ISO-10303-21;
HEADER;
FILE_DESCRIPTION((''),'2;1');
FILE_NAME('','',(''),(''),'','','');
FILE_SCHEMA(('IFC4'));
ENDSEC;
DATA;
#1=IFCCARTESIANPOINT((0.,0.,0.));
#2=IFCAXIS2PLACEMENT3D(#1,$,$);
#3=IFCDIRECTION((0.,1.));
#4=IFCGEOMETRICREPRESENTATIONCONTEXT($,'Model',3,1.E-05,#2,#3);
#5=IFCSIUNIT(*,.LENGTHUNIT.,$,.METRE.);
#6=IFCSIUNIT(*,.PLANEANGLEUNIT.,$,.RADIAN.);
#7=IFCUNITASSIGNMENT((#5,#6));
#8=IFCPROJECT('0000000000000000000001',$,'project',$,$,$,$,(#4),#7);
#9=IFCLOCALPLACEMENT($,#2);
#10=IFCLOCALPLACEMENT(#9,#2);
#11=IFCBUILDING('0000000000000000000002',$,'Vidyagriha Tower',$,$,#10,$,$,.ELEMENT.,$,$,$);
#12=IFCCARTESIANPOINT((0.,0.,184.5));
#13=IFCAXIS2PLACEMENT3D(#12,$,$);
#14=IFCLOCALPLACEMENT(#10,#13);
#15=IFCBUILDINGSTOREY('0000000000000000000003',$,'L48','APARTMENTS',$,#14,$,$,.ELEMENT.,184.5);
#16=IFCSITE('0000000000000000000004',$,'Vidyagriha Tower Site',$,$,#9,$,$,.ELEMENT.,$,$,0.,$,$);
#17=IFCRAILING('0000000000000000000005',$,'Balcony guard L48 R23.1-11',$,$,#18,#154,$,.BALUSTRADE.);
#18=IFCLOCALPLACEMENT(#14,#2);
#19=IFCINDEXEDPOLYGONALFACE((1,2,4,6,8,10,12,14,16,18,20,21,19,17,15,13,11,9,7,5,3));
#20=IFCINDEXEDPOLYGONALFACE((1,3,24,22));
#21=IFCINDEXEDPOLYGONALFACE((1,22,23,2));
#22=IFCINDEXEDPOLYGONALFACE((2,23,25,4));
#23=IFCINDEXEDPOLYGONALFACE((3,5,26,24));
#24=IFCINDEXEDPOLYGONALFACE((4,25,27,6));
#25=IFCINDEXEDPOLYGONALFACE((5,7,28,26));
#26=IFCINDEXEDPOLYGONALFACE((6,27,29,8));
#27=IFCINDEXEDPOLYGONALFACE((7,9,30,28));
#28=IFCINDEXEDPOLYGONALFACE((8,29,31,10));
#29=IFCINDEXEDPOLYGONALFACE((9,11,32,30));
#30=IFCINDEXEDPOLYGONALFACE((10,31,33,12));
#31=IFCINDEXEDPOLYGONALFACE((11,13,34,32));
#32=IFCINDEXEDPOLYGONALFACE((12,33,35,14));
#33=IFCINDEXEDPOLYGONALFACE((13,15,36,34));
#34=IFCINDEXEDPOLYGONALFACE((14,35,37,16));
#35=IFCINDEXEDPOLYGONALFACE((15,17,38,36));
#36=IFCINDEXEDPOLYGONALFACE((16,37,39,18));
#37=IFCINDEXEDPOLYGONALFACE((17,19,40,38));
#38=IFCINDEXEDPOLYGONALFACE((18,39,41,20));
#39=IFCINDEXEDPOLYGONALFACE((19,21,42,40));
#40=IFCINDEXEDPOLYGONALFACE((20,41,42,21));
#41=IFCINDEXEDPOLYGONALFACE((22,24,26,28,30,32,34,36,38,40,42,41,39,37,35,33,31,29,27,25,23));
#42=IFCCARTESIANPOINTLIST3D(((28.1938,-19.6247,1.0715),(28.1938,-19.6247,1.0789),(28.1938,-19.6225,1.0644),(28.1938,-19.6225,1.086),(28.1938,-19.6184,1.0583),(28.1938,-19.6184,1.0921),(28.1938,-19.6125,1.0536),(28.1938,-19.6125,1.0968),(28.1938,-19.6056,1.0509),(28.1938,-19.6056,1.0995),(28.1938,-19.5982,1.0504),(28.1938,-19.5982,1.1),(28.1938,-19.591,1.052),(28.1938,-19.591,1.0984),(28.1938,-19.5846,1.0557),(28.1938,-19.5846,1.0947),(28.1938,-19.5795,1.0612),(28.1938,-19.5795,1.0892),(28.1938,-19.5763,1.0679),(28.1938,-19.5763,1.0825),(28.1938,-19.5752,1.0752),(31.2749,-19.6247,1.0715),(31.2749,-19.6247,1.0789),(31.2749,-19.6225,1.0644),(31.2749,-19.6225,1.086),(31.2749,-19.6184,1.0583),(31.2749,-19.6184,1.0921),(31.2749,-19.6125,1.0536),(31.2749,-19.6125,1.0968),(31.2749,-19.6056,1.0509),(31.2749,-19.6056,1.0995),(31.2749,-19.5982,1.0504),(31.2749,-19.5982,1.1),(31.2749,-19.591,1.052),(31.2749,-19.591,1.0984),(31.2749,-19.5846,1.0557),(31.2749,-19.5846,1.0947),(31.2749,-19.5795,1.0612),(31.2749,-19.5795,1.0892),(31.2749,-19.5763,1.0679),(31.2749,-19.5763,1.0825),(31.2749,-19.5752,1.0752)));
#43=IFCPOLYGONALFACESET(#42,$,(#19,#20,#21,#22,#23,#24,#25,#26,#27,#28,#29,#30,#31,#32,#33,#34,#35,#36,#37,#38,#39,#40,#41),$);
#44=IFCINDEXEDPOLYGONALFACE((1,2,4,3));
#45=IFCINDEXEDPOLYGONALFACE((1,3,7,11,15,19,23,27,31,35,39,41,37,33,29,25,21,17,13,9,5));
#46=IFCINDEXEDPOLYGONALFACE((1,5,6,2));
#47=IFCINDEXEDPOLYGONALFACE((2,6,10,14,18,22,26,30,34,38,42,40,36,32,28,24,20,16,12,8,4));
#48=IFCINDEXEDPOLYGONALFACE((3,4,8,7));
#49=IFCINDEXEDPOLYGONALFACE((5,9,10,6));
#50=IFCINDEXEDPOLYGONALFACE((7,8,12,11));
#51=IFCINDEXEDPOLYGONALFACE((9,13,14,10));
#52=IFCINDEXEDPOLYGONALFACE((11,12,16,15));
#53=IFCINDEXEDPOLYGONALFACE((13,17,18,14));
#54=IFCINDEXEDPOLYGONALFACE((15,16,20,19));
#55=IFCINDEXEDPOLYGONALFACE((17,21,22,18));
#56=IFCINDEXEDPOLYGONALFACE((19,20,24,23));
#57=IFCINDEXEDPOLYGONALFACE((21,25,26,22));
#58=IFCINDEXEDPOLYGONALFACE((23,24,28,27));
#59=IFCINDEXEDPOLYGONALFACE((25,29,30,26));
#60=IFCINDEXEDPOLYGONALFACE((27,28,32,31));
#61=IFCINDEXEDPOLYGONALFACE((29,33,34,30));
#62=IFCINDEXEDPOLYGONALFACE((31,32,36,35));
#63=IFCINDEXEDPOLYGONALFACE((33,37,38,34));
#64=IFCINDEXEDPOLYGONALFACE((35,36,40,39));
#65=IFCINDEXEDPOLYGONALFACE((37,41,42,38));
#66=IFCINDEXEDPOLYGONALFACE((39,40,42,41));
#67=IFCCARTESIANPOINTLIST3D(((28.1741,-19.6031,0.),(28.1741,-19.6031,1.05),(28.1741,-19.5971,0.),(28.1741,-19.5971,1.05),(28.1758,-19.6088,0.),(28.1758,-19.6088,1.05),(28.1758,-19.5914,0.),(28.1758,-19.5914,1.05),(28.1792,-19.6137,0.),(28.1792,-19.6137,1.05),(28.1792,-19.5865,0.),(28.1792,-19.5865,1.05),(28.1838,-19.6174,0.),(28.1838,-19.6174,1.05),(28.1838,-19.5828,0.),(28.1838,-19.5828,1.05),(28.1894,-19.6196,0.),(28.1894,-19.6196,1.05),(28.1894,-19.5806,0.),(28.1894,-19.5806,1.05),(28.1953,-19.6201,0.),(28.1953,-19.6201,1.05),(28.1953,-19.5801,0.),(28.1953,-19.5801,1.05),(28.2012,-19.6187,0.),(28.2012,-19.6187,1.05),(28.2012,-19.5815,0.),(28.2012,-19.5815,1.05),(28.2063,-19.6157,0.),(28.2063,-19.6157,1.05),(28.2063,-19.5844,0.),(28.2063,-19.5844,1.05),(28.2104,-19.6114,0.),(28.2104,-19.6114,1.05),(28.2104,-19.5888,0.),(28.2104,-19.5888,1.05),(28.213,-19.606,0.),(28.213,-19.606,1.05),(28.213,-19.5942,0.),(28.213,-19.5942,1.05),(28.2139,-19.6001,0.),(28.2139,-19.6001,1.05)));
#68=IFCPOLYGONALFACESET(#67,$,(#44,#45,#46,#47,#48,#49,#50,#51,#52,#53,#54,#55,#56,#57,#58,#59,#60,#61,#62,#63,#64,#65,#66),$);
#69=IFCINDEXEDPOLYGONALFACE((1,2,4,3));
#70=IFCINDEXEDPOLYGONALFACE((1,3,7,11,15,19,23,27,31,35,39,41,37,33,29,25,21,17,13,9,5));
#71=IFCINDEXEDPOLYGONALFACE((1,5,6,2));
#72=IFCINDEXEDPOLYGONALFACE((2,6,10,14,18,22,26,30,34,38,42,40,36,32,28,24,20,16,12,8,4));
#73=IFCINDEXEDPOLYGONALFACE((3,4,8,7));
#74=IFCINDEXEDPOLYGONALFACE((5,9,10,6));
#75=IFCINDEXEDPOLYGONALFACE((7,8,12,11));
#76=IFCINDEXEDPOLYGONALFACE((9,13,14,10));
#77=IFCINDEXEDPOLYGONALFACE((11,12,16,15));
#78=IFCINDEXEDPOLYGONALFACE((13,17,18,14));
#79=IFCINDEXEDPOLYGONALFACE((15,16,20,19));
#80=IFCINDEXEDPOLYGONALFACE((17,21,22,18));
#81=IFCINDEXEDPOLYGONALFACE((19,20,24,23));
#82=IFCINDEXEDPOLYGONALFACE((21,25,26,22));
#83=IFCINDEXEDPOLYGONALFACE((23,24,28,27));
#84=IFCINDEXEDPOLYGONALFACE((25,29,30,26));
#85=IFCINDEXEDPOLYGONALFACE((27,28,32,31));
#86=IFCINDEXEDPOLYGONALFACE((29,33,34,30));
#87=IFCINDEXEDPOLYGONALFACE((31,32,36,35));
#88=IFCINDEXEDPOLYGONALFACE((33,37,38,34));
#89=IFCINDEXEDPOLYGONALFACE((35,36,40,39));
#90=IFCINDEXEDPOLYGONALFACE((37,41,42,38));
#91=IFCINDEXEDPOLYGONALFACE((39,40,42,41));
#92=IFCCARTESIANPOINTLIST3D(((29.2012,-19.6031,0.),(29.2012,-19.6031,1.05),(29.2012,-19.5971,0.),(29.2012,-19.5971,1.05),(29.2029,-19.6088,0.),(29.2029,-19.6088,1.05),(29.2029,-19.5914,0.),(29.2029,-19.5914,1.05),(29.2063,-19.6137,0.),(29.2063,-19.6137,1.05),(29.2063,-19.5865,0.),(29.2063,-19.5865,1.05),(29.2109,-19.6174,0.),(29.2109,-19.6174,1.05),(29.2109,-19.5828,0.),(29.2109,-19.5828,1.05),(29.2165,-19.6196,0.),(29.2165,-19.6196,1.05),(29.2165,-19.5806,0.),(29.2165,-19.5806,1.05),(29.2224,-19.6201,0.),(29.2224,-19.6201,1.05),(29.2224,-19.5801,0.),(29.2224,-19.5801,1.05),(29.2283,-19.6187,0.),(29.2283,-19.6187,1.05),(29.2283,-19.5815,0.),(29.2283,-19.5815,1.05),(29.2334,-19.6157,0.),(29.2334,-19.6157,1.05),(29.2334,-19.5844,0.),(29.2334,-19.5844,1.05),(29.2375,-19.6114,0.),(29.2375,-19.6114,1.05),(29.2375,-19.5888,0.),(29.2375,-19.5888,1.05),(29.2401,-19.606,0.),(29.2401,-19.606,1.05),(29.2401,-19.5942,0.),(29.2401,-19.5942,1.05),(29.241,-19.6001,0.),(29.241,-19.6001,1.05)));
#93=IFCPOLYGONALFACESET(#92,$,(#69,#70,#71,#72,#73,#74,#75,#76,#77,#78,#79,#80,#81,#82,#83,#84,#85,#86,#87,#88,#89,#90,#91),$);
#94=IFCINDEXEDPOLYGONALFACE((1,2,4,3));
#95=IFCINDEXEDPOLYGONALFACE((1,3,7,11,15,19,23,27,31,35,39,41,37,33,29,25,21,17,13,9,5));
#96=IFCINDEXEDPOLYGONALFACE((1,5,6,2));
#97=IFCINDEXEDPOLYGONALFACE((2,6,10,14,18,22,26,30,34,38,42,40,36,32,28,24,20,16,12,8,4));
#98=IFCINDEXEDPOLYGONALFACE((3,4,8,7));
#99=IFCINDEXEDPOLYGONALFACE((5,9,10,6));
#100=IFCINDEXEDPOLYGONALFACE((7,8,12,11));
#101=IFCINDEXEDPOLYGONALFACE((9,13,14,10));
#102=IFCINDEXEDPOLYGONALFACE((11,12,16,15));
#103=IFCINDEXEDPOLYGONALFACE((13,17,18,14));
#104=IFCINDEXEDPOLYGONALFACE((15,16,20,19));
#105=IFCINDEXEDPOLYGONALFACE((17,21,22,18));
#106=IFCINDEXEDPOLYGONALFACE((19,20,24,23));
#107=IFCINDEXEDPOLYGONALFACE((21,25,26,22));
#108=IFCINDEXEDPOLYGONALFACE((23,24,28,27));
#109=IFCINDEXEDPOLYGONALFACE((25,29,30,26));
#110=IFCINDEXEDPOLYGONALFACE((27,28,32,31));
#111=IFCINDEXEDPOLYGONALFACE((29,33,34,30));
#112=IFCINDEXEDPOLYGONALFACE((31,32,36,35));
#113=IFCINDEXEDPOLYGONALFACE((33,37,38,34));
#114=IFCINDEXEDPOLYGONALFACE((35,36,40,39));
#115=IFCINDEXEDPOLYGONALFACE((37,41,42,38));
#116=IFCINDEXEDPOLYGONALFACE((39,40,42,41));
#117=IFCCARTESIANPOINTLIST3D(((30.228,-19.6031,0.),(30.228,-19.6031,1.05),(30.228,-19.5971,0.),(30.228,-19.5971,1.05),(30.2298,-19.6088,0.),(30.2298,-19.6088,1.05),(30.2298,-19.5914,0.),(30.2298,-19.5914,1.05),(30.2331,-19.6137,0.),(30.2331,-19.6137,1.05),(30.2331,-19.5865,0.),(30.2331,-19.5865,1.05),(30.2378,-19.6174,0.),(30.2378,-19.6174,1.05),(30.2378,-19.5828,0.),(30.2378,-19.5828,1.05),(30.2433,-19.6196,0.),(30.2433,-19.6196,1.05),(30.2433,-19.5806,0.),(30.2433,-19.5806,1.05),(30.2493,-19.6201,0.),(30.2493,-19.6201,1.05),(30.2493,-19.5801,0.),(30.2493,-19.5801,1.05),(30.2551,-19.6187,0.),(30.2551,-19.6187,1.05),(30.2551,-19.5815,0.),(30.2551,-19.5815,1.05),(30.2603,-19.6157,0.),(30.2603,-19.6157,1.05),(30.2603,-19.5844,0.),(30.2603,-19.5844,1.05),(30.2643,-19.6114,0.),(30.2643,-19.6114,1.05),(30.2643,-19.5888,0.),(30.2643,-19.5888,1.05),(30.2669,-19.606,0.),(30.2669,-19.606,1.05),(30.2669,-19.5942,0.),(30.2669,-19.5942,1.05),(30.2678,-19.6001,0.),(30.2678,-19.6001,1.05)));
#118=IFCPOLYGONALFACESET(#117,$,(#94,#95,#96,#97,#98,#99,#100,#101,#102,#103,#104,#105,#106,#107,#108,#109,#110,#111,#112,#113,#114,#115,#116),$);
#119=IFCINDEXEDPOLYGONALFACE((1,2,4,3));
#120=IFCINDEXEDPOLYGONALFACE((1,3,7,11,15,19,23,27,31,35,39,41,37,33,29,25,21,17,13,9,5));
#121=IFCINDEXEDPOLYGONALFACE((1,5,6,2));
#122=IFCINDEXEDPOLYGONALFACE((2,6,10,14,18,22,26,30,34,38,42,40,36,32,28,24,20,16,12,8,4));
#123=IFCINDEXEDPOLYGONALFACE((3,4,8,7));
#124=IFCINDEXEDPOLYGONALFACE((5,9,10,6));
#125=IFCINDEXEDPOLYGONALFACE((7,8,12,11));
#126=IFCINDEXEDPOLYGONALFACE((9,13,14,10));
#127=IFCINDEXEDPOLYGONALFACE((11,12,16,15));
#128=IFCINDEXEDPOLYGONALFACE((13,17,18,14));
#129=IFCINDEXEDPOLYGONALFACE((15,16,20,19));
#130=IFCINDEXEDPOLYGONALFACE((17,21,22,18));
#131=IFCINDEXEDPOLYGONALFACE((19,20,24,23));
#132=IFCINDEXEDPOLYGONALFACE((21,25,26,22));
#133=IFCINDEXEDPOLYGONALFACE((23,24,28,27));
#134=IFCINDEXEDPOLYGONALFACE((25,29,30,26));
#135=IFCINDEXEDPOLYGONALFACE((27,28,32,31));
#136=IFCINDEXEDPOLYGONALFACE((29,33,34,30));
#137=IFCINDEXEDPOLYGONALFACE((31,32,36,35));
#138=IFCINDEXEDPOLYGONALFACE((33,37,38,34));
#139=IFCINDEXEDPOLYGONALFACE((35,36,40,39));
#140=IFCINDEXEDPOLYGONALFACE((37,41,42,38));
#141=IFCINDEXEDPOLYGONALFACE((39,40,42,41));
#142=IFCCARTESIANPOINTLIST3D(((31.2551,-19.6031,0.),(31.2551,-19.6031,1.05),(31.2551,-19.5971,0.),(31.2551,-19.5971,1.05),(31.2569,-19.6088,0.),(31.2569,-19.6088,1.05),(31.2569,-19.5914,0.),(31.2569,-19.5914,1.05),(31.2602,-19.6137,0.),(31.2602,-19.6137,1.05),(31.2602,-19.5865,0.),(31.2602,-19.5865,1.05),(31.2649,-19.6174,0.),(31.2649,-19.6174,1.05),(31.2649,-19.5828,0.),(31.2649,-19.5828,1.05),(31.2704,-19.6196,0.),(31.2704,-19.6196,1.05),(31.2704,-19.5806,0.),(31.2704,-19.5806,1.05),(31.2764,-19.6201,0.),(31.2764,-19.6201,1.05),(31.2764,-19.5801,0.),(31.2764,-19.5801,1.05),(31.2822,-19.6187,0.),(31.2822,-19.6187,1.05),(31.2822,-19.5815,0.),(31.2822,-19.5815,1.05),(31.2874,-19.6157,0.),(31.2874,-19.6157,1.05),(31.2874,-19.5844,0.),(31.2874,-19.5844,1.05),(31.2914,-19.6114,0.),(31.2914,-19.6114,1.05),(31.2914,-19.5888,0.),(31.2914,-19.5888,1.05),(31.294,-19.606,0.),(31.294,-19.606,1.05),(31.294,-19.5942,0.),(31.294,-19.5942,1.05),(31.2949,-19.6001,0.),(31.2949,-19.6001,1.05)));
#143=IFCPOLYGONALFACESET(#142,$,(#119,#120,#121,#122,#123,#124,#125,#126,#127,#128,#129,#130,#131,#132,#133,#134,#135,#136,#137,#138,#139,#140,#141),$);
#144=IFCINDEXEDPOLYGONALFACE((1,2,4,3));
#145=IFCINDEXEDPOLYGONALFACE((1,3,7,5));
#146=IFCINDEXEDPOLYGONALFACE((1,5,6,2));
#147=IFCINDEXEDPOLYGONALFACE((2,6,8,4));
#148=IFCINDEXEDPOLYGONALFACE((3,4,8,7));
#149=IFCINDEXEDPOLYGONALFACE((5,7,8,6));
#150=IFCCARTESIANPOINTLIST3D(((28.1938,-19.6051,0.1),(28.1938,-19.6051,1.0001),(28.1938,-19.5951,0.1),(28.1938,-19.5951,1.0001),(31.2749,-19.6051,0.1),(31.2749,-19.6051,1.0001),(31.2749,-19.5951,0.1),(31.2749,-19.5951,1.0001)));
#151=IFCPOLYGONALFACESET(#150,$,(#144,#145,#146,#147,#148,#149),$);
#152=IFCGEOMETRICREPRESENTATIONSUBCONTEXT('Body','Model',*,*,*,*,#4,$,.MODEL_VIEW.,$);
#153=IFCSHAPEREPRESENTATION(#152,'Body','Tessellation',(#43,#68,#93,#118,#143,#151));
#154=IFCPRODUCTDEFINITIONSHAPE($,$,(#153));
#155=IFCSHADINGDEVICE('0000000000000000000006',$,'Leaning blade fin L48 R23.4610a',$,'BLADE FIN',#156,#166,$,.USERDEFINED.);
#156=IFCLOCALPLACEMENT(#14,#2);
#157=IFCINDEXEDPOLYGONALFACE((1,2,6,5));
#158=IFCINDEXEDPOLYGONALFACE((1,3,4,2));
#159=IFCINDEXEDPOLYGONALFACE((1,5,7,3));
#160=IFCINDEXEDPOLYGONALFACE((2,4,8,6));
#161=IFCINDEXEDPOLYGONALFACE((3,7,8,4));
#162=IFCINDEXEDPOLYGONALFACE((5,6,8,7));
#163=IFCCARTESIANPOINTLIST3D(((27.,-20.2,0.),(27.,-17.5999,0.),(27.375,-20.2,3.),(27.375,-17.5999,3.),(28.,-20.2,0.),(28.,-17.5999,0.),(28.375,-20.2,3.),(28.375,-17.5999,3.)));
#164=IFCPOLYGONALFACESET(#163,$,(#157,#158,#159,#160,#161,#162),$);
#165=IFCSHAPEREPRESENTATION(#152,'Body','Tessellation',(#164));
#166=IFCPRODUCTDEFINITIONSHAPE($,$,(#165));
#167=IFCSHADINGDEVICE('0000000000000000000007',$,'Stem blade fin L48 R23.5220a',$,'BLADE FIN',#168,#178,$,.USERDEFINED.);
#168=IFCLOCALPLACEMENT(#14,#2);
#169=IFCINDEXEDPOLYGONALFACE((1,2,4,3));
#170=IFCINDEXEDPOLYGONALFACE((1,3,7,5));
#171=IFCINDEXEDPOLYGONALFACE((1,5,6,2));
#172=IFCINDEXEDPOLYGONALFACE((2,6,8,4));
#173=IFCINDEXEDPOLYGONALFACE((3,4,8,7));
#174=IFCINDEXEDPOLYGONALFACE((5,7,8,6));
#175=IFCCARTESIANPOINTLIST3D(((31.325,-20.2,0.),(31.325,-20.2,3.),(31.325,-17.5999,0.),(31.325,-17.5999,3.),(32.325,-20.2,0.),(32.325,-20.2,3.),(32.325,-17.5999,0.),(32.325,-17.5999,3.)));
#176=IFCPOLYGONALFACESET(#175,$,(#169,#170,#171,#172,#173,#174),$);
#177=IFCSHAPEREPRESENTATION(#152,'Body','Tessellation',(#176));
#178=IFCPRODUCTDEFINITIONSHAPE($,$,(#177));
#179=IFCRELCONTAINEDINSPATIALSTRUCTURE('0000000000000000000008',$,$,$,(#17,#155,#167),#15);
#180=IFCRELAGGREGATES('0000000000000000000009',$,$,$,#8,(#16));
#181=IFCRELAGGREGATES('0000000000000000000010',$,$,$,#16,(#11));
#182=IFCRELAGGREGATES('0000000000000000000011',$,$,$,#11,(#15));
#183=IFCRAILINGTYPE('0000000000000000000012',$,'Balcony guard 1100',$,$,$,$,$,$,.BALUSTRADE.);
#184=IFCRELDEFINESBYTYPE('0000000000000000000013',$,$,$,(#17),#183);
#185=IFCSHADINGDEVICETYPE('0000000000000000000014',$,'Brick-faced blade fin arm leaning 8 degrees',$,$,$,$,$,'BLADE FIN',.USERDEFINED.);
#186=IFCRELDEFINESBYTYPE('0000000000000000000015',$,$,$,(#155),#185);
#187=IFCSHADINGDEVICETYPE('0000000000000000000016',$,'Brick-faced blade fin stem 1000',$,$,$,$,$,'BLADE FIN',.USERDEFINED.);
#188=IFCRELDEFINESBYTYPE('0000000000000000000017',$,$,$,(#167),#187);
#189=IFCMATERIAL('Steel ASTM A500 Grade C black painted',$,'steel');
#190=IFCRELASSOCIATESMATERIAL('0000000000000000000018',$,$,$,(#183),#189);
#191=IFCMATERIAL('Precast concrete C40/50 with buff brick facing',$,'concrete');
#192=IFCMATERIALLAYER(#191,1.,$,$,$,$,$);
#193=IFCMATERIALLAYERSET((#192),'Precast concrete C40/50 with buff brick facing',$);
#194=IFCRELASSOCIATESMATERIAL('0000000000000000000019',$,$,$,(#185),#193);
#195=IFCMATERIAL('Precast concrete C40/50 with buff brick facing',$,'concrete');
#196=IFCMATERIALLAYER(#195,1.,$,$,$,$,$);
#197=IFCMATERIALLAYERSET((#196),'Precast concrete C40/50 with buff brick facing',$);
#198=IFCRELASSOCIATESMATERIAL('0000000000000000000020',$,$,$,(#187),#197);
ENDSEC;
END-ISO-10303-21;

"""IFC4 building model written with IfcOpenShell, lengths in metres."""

from ifc_helpers import new_model, si_unit, direction, frame, origin, origin_2d, place, context, subcontext, project, spatial, polyline, rectangle, circle, outline, extrude, material, layer, layer_set, type_object, element, save


model = new_model("IFC4")

# Units and contexts
model_context = context("Model", 3, precision=1e-05, world=origin(), true_north=direction((0.0, 1.0)))
body_context = subcontext(model_context, "Body", "Model", "MODEL_VIEW")
ifc_project = project(units=[si_unit("LENGTHUNIT", "METRE"), si_unit("PLANEANGLEUNIT", "RADIAN")], contexts=[model_context])

# Site, building, storey
site_placement = place(None, origin())
site = spatial("IfcSite", under=ifc_project, at=site_placement, Name="Vidyagriha Tower Site", CompositionType="ELEMENT", RefElevation=0.0)
building_placement = place(site_placement, origin())
building = spatial("IfcBuilding", under=site, at=building_placement, Name="Vidyagriha Tower", CompositionType="ELEMENT")
storey_placement = place(building_placement, frame((0.0, 0.0, 184.5)))
storey = spatial("IfcBuildingStorey", under=building, at=storey_placement, Name="L48", Description="APARTMENTS", CompositionType="ELEMENT", Elevation=184.5)

# Railing
ifc_material_1 = material(Name="Steel ASTM A500 Grade C black painted", Category="steel")
railing_type_1 = type_object("IfcRailingType", Name="Balcony guard 1100", PredefinedType="BALUSTRADE", material=ifc_material_1)
railing_1_placement = place(storey_placement, frame((28.1938, -19.6001, 0.0)))
element("IfcRailing", 1, at=railing_1_placement, inside=storey, type_object=railing_type_1, Name="Balcony guard L48 R23.1-11", PredefinedType="BALUSTRADE", context=body_context, shape_type="SweptSolid", body=[
    extrude(circle(Radius=0.0249, at=origin_2d()), frame((0.0, 0.0, 1.0752), z_axis=(1.0, 0.0, 0.0), x_axis=(0.0, 1.0, 0.0)), (0.0, 0.0, 1.0), 3.0811),
    extrude(circle(Radius=0.02, at=origin_2d()), origin(), (0.0, 0.0, 1.0), 1.05),
    extrude(circle(Radius=0.02, at=origin_2d()), frame((1.0271, 0.0, 0.0)), (0.0, 0.0, 1.0), 1.05),
    extrude(circle(Radius=0.02, at=origin_2d()), frame((2.054, 0.0, 0.0)), (0.0, 0.0, 1.0), 1.05),
    extrude(circle(Radius=0.02, at=origin_2d()), frame((3.0811, 0.0, 0.0)), (0.0, 0.0, 1.0), 1.05),
    extrude(rectangle(XDim=0.01, YDim=0.9001, at=origin_2d()), frame((0.0, 0.0, 0.55), z_axis=(1.0, 0.0, 0.0), x_axis=(0.0, 1.0, 0.0)), (0.0, 0.0, 1.0), 3.0811),
])

# Shading devices
ifc_material_2 = material(Name="Precast concrete C40/50 with buff brick facing", Category="concrete")
ifc_layer_1 = layer(ifc_material_2, 1.0)
ifc_layer_set_1 = layer_set([ifc_layer_1], Name="Precast concrete C40/50 with buff brick facing")
shading_device_type_1 = type_object("IfcShadingDeviceType", Name="Brick-faced blade fin arm leaning 8 degrees", ElementType="BLADE FIN", PredefinedType="USERDEFINED", material=ifc_layer_set_1)
shading_device_1_placement = place(storey_placement, frame((27.0, -18.8999, 0.0)))
element("IfcShadingDevice", 2, at=shading_device_1_placement, inside=storey, type_object=shading_device_type_1, Name="Leaning blade fin L48 R23.4610a", ObjectType="BLADE FIN", PredefinedType="USERDEFINED", context=body_context, shape_type="SweptSolid", body=[
    extrude(outline(polyline([(0.0, 0.0), (1.0, 0.0), (1.375, 3.0), (0.375, 3.0), (0.0, 0.0)])), frame((0.0, 1.3, 0.0), z_axis=(0.0, -1.0, 0.0), x_axis=(1.0, 0.0, 0.0)), (0.0, 0.0, 1.0), 2.6001),
])
ifc_material_3 = material(Name="Precast concrete C40/50 with buff brick facing", Category="concrete")
ifc_layer_2 = layer(ifc_material_3, 1.0)
ifc_layer_set_2 = layer_set([ifc_layer_2], Name="Precast concrete C40/50 with buff brick facing")
shading_device_type_2 = type_object("IfcShadingDeviceType", Name="Brick-faced blade fin stem 1000", ElementType="BLADE FIN", PredefinedType="USERDEFINED", material=ifc_layer_set_2)
shading_device_2_placement = place(storey_placement, frame((31.325, -18.8999, 0.0)))
element("IfcShadingDevice", 3, at=shading_device_2_placement, inside=storey, type_object=shading_device_type_2, Name="Stem blade fin L48 R23.5220a", ObjectType="BLADE FIN", PredefinedType="USERDEFINED", context=body_context, shape_type="SweptSolid", body=[
    extrude(outline(polyline([(0.0, 0.0), (1.0, 0.0), (1.0, 3.0), (0.0, 3.0), (0.0, 0.0)])), frame((0.0, 1.3, 0.0), z_axis=(0.0, -1.0, 0.0), x_axis=(1.0, 0.0, 0.0)), (0.0, 0.0, 1.0), 2.6001),
])

save(model, "model.ifc")
